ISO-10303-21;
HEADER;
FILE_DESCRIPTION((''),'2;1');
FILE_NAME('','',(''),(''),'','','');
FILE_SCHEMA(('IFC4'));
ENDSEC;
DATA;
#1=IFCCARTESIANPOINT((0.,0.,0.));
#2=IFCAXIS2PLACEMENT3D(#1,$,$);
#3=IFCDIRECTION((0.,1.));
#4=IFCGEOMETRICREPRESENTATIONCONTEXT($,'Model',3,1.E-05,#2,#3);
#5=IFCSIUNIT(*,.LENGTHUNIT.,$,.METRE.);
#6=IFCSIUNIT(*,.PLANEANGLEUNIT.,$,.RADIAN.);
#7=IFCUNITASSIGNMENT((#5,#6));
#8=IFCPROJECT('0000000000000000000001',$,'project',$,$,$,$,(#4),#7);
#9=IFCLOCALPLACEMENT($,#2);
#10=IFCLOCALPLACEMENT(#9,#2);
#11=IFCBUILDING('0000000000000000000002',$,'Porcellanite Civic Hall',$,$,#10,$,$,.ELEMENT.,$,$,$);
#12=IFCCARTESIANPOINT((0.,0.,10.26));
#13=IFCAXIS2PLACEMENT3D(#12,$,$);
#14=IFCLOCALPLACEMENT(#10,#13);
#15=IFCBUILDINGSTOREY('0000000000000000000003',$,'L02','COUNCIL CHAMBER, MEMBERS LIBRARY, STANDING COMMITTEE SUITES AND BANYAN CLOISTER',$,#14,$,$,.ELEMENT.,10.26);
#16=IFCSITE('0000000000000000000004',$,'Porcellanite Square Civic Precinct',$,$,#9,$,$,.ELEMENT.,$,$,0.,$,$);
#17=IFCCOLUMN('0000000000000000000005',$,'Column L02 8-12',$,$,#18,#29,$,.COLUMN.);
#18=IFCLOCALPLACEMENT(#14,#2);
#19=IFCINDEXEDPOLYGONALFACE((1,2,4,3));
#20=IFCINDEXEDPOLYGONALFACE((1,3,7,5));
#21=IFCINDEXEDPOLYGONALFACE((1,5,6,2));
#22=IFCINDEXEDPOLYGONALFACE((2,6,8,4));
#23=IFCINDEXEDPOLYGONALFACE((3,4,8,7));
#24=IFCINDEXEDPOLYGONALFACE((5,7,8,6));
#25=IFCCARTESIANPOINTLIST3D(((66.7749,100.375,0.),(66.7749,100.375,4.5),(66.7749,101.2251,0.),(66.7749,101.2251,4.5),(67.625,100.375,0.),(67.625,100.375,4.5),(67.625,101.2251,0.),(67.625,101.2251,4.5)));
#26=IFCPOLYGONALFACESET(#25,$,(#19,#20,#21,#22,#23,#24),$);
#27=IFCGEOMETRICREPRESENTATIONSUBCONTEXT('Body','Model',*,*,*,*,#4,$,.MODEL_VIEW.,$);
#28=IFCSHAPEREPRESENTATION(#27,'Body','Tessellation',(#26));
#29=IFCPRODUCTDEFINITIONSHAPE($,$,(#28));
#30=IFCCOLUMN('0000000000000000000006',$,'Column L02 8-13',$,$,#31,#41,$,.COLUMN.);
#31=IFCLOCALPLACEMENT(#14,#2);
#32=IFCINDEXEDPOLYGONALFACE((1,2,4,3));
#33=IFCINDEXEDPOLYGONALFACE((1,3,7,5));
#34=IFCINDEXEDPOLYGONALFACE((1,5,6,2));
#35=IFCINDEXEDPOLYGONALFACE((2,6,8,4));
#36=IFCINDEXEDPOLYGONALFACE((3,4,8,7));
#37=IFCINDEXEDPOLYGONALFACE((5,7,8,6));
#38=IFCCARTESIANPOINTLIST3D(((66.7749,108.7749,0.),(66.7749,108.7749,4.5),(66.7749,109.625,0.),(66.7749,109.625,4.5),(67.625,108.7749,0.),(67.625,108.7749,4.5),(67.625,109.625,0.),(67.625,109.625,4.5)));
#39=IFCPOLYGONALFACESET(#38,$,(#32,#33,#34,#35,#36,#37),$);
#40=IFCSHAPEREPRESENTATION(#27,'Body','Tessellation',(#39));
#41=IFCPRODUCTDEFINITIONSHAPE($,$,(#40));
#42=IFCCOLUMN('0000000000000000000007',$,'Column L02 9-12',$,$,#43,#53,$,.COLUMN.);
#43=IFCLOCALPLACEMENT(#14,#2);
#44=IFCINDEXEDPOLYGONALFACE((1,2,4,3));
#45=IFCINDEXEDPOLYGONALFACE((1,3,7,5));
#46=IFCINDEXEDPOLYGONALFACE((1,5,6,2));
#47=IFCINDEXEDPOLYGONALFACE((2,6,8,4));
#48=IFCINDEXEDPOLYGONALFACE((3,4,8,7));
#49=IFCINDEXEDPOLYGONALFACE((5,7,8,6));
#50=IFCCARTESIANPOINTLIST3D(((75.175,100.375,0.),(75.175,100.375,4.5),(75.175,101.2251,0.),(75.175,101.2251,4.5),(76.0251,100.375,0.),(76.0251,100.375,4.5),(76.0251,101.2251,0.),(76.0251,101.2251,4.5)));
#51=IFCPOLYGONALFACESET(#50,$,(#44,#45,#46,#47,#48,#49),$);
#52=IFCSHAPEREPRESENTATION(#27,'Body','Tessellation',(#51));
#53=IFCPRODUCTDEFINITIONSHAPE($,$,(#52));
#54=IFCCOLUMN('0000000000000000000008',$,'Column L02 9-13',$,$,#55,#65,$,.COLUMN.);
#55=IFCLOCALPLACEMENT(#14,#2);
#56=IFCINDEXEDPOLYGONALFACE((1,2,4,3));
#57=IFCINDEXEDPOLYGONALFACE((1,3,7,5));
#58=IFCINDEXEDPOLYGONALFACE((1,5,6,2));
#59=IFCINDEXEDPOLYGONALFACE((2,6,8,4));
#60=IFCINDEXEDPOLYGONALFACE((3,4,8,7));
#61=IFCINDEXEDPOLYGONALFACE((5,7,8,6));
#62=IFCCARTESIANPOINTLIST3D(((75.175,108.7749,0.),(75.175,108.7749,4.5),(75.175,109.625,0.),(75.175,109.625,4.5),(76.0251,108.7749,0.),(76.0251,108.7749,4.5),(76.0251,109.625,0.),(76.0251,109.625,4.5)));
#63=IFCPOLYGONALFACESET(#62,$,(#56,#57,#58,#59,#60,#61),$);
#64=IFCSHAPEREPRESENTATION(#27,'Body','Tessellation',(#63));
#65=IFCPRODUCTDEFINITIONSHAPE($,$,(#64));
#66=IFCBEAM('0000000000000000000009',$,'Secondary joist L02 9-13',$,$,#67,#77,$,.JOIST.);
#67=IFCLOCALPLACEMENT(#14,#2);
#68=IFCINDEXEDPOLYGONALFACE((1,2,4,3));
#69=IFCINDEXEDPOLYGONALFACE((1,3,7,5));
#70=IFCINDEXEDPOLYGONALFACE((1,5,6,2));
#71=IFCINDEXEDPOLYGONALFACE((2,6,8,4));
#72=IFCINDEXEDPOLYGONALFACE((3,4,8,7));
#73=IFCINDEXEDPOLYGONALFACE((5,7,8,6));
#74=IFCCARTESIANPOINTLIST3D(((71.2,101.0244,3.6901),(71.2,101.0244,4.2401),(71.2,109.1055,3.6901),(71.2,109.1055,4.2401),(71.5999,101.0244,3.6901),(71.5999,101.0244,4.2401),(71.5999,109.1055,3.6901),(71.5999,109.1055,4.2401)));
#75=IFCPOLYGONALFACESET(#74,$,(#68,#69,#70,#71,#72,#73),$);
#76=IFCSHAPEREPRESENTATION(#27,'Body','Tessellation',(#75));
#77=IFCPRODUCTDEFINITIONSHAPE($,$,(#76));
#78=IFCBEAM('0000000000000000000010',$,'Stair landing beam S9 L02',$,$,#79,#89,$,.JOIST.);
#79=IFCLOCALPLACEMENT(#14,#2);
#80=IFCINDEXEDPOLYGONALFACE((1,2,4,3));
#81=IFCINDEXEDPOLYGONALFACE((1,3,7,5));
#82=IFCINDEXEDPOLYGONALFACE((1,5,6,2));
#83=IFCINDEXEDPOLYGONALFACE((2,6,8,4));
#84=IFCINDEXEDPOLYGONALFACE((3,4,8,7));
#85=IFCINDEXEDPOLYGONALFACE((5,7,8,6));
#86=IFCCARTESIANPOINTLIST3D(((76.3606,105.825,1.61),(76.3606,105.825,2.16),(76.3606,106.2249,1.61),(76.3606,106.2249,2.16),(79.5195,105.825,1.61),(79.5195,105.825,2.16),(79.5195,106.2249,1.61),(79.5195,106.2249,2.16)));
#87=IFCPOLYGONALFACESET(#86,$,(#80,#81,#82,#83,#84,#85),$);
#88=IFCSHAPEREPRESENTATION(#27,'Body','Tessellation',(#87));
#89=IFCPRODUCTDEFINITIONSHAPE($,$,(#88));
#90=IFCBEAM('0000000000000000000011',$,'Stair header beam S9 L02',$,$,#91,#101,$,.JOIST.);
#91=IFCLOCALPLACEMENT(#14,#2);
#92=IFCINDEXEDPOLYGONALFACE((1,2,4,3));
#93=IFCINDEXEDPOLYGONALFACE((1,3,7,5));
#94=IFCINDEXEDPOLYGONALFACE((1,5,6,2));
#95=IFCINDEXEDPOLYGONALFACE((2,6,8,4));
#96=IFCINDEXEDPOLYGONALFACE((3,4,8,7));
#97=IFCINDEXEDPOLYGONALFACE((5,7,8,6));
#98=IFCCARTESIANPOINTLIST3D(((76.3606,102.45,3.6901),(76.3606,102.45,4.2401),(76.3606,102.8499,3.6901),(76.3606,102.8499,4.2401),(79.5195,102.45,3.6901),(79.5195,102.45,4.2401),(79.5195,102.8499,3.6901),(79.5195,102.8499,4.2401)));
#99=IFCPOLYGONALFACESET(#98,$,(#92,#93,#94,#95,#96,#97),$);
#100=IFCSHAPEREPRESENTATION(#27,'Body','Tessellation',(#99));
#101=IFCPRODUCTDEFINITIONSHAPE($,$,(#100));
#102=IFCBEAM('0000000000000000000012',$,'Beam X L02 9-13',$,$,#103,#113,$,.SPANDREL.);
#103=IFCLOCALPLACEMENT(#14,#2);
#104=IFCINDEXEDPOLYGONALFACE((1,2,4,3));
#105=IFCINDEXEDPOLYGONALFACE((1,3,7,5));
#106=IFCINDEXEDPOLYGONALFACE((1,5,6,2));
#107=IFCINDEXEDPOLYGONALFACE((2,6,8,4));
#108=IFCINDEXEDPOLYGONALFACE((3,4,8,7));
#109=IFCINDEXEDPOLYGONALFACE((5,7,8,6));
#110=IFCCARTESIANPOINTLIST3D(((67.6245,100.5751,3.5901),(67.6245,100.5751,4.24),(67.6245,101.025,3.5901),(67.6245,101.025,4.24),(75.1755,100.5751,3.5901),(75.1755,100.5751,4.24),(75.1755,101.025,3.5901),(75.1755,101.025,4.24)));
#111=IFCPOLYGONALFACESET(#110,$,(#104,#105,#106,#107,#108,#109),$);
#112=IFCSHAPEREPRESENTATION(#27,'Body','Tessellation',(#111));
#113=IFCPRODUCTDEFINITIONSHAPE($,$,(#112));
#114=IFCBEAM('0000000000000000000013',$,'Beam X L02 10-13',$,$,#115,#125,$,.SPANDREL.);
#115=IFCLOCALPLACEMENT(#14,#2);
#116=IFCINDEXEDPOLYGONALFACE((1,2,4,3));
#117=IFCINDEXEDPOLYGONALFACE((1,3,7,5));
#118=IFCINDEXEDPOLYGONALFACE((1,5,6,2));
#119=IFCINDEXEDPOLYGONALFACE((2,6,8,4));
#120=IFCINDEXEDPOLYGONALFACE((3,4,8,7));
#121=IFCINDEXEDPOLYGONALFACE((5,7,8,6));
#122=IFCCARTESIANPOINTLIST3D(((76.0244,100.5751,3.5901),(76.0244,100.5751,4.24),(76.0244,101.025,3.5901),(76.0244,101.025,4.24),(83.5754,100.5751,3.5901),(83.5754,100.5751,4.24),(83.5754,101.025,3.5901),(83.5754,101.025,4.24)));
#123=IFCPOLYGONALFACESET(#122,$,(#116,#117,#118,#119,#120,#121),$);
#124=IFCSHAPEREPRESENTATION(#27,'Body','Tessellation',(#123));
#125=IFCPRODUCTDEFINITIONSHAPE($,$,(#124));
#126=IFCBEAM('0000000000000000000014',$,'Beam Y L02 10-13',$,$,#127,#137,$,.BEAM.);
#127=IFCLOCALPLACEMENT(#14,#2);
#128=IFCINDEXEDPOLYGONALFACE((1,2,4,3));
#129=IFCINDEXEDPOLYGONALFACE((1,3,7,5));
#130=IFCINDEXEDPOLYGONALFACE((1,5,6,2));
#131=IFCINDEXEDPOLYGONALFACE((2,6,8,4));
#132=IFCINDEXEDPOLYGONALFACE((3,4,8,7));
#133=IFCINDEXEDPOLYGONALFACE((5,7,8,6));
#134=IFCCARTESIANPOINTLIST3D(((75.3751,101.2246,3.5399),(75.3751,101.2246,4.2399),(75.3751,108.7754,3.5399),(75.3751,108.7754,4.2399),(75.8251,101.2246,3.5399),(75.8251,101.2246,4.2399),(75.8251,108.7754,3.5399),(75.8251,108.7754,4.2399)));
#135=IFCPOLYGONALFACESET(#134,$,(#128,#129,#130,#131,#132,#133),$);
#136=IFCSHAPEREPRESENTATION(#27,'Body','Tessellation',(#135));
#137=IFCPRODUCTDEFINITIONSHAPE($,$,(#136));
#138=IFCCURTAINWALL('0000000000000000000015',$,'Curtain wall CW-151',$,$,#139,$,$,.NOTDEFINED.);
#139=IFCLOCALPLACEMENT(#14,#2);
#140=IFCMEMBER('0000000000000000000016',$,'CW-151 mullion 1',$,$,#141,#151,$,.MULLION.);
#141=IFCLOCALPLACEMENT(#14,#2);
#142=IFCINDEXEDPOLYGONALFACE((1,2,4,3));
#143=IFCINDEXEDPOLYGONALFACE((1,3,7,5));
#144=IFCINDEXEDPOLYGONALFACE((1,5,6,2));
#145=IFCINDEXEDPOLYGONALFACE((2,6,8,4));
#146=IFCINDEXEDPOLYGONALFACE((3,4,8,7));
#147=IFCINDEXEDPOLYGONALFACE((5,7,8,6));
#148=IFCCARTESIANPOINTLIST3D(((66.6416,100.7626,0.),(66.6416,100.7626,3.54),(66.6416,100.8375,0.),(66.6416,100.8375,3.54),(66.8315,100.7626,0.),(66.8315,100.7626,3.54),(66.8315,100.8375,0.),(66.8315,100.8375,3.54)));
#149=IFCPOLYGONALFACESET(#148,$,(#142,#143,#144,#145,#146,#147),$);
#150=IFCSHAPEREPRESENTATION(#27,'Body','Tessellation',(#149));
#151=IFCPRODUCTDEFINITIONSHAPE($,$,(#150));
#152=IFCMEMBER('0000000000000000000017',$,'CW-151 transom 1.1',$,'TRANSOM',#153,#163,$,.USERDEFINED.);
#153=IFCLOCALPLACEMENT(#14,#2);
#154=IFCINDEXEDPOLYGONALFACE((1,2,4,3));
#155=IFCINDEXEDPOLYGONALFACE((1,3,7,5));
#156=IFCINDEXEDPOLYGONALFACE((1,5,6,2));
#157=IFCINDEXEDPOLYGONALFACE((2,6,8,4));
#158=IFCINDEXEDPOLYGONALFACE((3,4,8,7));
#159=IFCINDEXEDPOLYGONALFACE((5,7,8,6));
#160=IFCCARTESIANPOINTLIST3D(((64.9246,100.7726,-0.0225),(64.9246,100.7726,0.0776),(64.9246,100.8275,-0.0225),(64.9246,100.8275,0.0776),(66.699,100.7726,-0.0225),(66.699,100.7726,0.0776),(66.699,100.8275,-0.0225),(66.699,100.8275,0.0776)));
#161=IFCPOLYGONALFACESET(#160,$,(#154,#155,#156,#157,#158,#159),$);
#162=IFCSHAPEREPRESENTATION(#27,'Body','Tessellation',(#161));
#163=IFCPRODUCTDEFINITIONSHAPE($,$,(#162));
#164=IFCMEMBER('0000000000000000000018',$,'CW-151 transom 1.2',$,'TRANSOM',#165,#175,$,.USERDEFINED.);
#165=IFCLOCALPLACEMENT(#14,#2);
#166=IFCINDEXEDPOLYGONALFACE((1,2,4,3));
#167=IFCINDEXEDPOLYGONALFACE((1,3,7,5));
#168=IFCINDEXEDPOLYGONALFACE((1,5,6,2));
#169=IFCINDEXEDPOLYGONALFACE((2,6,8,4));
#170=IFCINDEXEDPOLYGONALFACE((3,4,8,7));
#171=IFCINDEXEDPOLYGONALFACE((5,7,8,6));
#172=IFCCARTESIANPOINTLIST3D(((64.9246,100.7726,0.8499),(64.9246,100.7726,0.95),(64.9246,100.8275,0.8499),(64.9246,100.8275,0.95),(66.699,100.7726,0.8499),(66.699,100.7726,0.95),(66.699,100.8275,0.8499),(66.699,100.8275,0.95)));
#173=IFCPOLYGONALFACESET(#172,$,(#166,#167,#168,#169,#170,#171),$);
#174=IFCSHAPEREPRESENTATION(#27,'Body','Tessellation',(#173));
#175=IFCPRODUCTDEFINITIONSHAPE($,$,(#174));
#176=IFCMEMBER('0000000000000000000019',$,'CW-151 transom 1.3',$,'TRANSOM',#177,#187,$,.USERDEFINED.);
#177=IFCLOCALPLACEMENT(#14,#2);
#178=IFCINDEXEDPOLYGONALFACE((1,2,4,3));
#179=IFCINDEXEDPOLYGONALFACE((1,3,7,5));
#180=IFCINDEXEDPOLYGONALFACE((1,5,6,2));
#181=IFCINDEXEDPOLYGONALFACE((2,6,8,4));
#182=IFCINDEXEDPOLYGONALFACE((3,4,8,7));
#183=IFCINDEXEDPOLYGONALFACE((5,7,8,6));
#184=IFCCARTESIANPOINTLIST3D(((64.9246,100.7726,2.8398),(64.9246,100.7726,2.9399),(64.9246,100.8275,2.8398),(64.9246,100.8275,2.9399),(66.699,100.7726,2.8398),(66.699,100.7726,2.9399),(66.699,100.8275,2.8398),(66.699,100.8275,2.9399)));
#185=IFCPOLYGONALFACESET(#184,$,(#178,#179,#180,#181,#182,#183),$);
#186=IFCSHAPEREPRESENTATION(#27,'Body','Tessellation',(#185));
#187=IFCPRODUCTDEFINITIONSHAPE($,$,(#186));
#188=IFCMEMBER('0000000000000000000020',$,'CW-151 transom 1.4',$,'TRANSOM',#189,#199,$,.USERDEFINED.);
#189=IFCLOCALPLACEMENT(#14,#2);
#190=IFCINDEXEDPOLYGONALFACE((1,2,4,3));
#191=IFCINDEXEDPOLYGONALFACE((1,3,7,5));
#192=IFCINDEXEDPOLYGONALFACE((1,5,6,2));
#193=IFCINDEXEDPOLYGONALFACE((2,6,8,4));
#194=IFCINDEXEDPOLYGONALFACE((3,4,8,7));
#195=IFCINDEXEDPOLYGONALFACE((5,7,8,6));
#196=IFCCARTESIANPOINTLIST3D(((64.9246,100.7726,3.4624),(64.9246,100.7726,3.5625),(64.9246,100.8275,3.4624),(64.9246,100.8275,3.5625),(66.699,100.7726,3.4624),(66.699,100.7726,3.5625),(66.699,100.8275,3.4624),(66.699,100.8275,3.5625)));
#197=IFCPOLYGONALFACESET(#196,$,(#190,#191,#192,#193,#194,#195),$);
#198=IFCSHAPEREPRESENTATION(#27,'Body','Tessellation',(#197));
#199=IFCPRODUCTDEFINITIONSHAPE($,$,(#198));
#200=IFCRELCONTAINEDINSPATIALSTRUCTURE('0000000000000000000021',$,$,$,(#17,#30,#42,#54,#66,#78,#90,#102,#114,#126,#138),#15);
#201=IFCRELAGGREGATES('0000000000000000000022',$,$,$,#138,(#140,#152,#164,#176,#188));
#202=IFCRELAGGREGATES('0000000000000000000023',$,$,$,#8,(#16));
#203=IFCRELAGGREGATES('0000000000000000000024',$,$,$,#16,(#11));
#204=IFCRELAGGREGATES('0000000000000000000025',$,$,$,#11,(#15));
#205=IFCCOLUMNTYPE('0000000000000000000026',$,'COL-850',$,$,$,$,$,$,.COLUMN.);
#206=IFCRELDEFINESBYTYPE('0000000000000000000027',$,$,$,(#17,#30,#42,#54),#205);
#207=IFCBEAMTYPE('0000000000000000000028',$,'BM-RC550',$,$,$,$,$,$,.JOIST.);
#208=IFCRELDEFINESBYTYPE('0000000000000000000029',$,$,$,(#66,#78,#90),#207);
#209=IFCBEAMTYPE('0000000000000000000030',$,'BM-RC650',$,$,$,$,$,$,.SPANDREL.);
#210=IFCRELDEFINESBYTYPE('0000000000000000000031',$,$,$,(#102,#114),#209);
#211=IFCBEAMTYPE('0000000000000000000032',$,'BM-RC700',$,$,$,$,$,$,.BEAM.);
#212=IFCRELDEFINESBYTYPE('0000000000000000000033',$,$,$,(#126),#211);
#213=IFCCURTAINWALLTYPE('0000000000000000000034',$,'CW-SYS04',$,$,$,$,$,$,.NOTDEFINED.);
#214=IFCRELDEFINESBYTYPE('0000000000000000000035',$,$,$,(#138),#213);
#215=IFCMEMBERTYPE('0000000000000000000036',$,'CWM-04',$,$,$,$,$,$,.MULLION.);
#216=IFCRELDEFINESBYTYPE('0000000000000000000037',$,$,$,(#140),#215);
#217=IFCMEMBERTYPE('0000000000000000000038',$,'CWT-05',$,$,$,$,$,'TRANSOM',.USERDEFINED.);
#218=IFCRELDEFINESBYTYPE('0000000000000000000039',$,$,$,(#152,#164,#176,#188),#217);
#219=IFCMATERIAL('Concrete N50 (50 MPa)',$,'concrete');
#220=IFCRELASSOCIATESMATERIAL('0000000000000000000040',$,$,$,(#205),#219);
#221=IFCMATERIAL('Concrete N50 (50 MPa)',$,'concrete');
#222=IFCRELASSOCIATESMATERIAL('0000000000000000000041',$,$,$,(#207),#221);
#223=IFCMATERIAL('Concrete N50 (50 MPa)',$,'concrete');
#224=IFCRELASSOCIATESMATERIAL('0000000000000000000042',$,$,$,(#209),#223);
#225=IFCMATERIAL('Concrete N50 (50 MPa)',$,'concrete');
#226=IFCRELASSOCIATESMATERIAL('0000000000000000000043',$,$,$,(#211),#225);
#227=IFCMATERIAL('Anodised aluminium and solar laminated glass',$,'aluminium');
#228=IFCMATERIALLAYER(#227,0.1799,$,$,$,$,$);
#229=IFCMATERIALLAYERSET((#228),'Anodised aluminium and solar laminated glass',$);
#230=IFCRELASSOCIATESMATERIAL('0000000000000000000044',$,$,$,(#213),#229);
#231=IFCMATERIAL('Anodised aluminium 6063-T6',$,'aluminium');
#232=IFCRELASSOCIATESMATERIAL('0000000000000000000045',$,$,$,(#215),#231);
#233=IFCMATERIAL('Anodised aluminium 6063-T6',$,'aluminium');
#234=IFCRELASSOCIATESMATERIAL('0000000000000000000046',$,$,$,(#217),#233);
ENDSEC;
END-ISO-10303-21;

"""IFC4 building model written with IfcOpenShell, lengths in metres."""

from ifc_helpers import new_model, si_unit, direction, frame, origin, origin_2d, place, context, subcontext, project, spatial, rectangle, extrude, material, layer, layer_set, material_profile, profile_set, type_object, element, aggregate, save


model = new_model("IFC4")

# Units and contexts
model_context = context("Model", 3, precision=1e-05, world=origin(), true_north=direction((0.0, 1.0)))
body_context = subcontext(model_context, "Body", "Model", "MODEL_VIEW")
ifc_project = project(units=[si_unit("LENGTHUNIT", "METRE"), si_unit("PLANEANGLEUNIT", "RADIAN")], contexts=[model_context])

# Site, building, storey
site_placement = place(None, origin())
site = spatial("IfcSite", under=ifc_project, at=site_placement, Name="Porcellanite Square Civic Precinct", CompositionType="ELEMENT", RefElevation=0.0)
building_placement = place(site_placement, origin())
building = spatial("IfcBuilding", under=site, at=building_placement, Name="Porcellanite Civic Hall", CompositionType="ELEMENT")
storey_placement = place(building_placement, frame((0.0, 0.0, 10.26)))
storey = spatial("IfcBuildingStorey", under=building, at=storey_placement, Name="L02", Description="COUNCIL CHAMBER, MEMBERS LIBRARY, STANDING COMMITTEE SUITES AND BANYAN CLOISTER", CompositionType="ELEMENT", Elevation=10.26)

# Columns
ifc_material_1 = material(Name="Concrete N50 (50 MPa)", Category="concrete")
ifc_material_profile_1 = material_profile(ifc_material_1, rectangle(XDim=0.8501, YDim=0.8501, at=origin_2d()), Name="RC-850x850")
ifc_profile_set_1 = profile_set([ifc_material_profile_1], Name="Concrete N50 (50 MPa)")
column_type = type_object("IfcColumnType", Name="COL-850", PredefinedType="COLUMN", material=ifc_profile_set_1)
for number, where, z_axis, x_axis, name in (
    (1, (67.2, 100.8, 0.0), (0.0, 0.0, 1.0), (1.0, 0.0, 0.0), "Column L02 8-12"),
    (2, (67.2, 109.2, 0.0), (0.0, 0.0, 1.0), (1.0, 0.0, 0.0), "Column L02 8-13"),
    (3, (75.6001, 100.8, 0.0), (0.0, 0.0, 1.0), (1.0, 0.0, 0.0), "Column L02 9-12"),
    (4, (75.6001, 109.2, 0.0), (0.0, 0.0, 1.0), (1.0, 0.0, 0.0), "Column L02 9-13"),
):
    element("IfcColumn", number, at=place(storey_placement, frame(where, z_axis=z_axis, x_axis=x_axis)), inside=storey, type_object=column_type, Name=name, PredefinedType="COLUMN", context=body_context, shape_type="SweptSolid", body=[
        extrude(rectangle(XDim=0.8501, YDim=0.8501, at=origin_2d()), origin(), (0.0, 0.0, 1.0), 4.5),
    ])

# Beams
ifc_material_2 = material(Name="Concrete N50 (50 MPa)", Category="concrete")
ifc_material_profile_2 = material_profile(ifc_material_2, rectangle(XDim=0.3999, YDim=0.55, at=origin_2d()), Name="RC-400x550")
ifc_profile_set_2 = profile_set([ifc_material_profile_2], Name="Concrete N50 (50 MPa)")
beam_type_1 = type_object("IfcBeamType", Name="BM-RC550", PredefinedType="JOIST", material=ifc_profile_set_2)
beam_1_placement = place(storey_placement, frame((71.3999, 101.0244, 3.9651), z_axis=(0.0, 1.0, 0.0), x_axis=(-1.0, 0.0, 0.0)))
element("IfcBeam", 5, at=beam_1_placement, inside=storey, type_object=beam_type_1, Name="Secondary joist L02 9-13", PredefinedType="JOIST", context=body_context, shape_type="SweptSolid", body=[
    extrude(rectangle(XDim=0.3999, YDim=0.55, at=origin_2d()), origin(), (0.0, 0.0, 1.0), 8.0811),
])
for number, where, z_axis, x_axis, name in (
    (6, (76.3606, 106.0249, 1.885), (1.0, 0.0, 0.0), (0.0, 1.0, 0.0), "Stair landing beam S9 L02"),
    (7, (76.3606, 102.6499, 3.9651), (1.0, 0.0, 0.0), (0.0, 1.0, 0.0), "Stair header beam S9 L02"),
):
    element("IfcBeam", number, at=place(storey_placement, frame(where, z_axis=z_axis, x_axis=x_axis)), inside=storey, type_object=beam_type_1, Name=name, PredefinedType="JOIST", context=body_context, shape_type="SweptSolid", body=[
        extrude(rectangle(XDim=0.3999, YDim=0.55, at=origin_2d()), origin(), (0.0, 0.0, 1.0), 3.1589),
    ])
ifc_material_3 = material(Name="Concrete N50 (50 MPa)", Category="concrete")
ifc_material_profile_3 = material_profile(ifc_material_3, rectangle(XDim=0.45, YDim=0.6499, at=origin_2d()), Name="RC-450x650")
ifc_profile_set_3 = profile_set([ifc_material_profile_3], Name="Concrete N50 (50 MPa)")
beam_type_2 = type_object("IfcBeamType", Name="BM-RC650", PredefinedType="SPANDREL", material=ifc_profile_set_3)
for number, where, z_axis, x_axis, name in (
    (8, (67.6245, 100.8, 3.915), (1.0, 0.0, 0.0), (0.0, 1.0, 0.0), "Beam X L02 9-13"),
    (9, (76.0244, 100.8, 3.915), (1.0, 0.0, 0.0), (0.0, 1.0, 0.0), "Beam X L02 10-13"),
):
    element("IfcBeam", number, at=place(storey_placement, frame(where, z_axis=z_axis, x_axis=x_axis)), inside=storey, type_object=beam_type_2, Name=name, PredefinedType="SPANDREL", context=body_context, shape_type="SweptSolid", body=[
        extrude(rectangle(XDim=0.45, YDim=0.6499, at=origin_2d()), origin(), (0.0, 0.0, 1.0), 7.551),
    ])
ifc_material_4 = material(Name="Concrete N50 (50 MPa)", Category="concrete")
ifc_material_profile_4 = material_profile(ifc_material_4, rectangle(XDim=0.45, YDim=0.7, at=origin_2d()), Name="RC-450x700")
ifc_profile_set_4 = profile_set([ifc_material_profile_4], Name="Concrete N50 (50 MPa)")
beam_type_3 = type_object("IfcBeamType", Name="BM-RC700", PredefinedType="BEAM", material=ifc_profile_set_4)
beam_2_placement = place(storey_placement, frame((75.6001, 101.2246, 3.8899), z_axis=(0.0, 1.0, 0.0), x_axis=(-1.0, 0.0, 0.0)))
element("IfcBeam", 10, at=beam_2_placement, inside=storey, type_object=beam_type_3, Name="Beam Y L02 10-13", PredefinedType="BEAM", context=body_context, shape_type="SweptSolid", body=[
    extrude(rectangle(XDim=0.45, YDim=0.7, at=origin_2d()), origin(), (0.0, 0.0, 1.0), 7.5508),
])

# Curtain wall, members
ifc_material_5 = material(Name="Anodised aluminium and solar laminated glass", Category="aluminium")
ifc_layer_1 = layer(ifc_material_5, 0.1799)
ifc_layer_set_1 = layer_set([ifc_layer_1], Name="Anodised aluminium and solar laminated glass")
curtain_wall_type = type_object("IfcCurtainWallType", Name="CW-SYS04", PredefinedType="NOTDEFINED", material=ifc_layer_set_1)
curtain_wall_placement = place(storey_placement, origin())
curtain_wall = element("IfcCurtainWall", 11, at=curtain_wall_placement, inside=storey, type_object=curtain_wall_type, Name="Curtain wall CW-151", PredefinedType="NOTDEFINED")
ifc_material_6 = material(Name="Anodised aluminium 6063-T6", Category="aluminium")
ifc_material_profile_5 = material_profile(ifc_material_6, rectangle(XDim=0.075, YDim=0.1899, at=origin_2d()), Name="AL-75x190")
ifc_profile_set_5 = profile_set([ifc_material_profile_5], Name="Anodised aluminium 6063-T6")
member_type_1 = type_object("IfcMemberType", Name="CWM-04", PredefinedType="MULLION", material=ifc_profile_set_5)
member_1_placement = place(storey_placement, frame((66.7366, 100.8, 0.0), z_axis=(0.0, 0.0, 1.0), x_axis=(0.0, -1.0, 0.0)))
member_1 = element("IfcMember", 12, at=member_1_placement, type_object=member_type_1, Name="CW-151 mullion 1", PredefinedType="MULLION", context=body_context, shape_type="SweptSolid", body=[
    extrude(rectangle(XDim=0.075, YDim=0.1899, at=origin_2d()), origin(), (0.0, 0.0, 1.0), 3.54),
])
ifc_material_7 = material(Name="Anodised aluminium 6063-T6", Category="aluminium")
ifc_material_profile_6 = material_profile(ifc_material_7, rectangle(XDim=0.0549, YDim=0.1001, at=origin_2d()), Name="AL-55x100")
ifc_profile_set_6 = profile_set([ifc_material_profile_6], Name="Anodised aluminium 6063-T6")
member_type_2 = type_object("IfcMemberType", Name="CWT-05", ElementType="TRANSOM", PredefinedType="USERDEFINED", material=ifc_profile_set_6)
member_2_placement = place(storey_placement, frame((66.699, 100.8, 0.0276), z_axis=(-1.0, 0.0, 0.0), x_axis=(0.0, -1.0, 0.0)))
member_2 = element("IfcMember", 13, at=member_2_placement, type_object=member_type_2, Name="CW-151 transom 1.1", ObjectType="TRANSOM", PredefinedType="USERDEFINED", context=body_context, shape_type="SweptSolid", body=[
    extrude(rectangle(XDim=0.0549, YDim=0.1001, at=origin_2d()), origin(), (0.0, 0.0, 1.0), 1.7744),
])
member_3_placement = place(storey_placement, frame((66.699, 100.8, 0.8999), z_axis=(-1.0, 0.0, 0.0), x_axis=(0.0, -1.0, 0.0)))
member_3 = element("IfcMember", 14, at=member_3_placement, type_object=member_type_2, Name="CW-151 transom 1.2", ObjectType="TRANSOM", PredefinedType="USERDEFINED", context=body_context, shape_type="SweptSolid", body=[
    extrude(rectangle(XDim=0.0549, YDim=0.1001, at=origin_2d()), origin(), (0.0, 0.0, 1.0), 1.7744),
])
member_4_placement = place(storey_placement, frame((66.699, 100.8, 2.8899), z_axis=(-1.0, 0.0, 0.0), x_axis=(0.0, -1.0, 0.0)))
member_4 = element("IfcMember", 15, at=member_4_placement, type_object=member_type_2, Name="CW-151 transom 1.3", ObjectType="TRANSOM", PredefinedType="USERDEFINED", context=body_context, shape_type="SweptSolid", body=[
    extrude(rectangle(XDim=0.0549, YDim=0.1001, at=origin_2d()), origin(), (0.0, 0.0, 1.0), 1.7744),
])
member_5_placement = place(storey_placement, frame((66.699, 100.8, 3.5125), z_axis=(-1.0, 0.0, 0.0), x_axis=(0.0, -1.0, 0.0)))
member_5 = element("IfcMember", 16, at=member_5_placement, type_object=member_type_2, Name="CW-151 transom 1.4", ObjectType="TRANSOM", PredefinedType="USERDEFINED", context=body_context, shape_type="SweptSolid", body=[
    extrude(rectangle(XDim=0.0549, YDim=0.1001, at=origin_2d()), origin(), (0.0, 0.0, 1.0), 1.7744),
])
aggregate(curtain_wall, [member_1, member_2, member_3, member_4, member_5])

save(model, "model.ifc")
